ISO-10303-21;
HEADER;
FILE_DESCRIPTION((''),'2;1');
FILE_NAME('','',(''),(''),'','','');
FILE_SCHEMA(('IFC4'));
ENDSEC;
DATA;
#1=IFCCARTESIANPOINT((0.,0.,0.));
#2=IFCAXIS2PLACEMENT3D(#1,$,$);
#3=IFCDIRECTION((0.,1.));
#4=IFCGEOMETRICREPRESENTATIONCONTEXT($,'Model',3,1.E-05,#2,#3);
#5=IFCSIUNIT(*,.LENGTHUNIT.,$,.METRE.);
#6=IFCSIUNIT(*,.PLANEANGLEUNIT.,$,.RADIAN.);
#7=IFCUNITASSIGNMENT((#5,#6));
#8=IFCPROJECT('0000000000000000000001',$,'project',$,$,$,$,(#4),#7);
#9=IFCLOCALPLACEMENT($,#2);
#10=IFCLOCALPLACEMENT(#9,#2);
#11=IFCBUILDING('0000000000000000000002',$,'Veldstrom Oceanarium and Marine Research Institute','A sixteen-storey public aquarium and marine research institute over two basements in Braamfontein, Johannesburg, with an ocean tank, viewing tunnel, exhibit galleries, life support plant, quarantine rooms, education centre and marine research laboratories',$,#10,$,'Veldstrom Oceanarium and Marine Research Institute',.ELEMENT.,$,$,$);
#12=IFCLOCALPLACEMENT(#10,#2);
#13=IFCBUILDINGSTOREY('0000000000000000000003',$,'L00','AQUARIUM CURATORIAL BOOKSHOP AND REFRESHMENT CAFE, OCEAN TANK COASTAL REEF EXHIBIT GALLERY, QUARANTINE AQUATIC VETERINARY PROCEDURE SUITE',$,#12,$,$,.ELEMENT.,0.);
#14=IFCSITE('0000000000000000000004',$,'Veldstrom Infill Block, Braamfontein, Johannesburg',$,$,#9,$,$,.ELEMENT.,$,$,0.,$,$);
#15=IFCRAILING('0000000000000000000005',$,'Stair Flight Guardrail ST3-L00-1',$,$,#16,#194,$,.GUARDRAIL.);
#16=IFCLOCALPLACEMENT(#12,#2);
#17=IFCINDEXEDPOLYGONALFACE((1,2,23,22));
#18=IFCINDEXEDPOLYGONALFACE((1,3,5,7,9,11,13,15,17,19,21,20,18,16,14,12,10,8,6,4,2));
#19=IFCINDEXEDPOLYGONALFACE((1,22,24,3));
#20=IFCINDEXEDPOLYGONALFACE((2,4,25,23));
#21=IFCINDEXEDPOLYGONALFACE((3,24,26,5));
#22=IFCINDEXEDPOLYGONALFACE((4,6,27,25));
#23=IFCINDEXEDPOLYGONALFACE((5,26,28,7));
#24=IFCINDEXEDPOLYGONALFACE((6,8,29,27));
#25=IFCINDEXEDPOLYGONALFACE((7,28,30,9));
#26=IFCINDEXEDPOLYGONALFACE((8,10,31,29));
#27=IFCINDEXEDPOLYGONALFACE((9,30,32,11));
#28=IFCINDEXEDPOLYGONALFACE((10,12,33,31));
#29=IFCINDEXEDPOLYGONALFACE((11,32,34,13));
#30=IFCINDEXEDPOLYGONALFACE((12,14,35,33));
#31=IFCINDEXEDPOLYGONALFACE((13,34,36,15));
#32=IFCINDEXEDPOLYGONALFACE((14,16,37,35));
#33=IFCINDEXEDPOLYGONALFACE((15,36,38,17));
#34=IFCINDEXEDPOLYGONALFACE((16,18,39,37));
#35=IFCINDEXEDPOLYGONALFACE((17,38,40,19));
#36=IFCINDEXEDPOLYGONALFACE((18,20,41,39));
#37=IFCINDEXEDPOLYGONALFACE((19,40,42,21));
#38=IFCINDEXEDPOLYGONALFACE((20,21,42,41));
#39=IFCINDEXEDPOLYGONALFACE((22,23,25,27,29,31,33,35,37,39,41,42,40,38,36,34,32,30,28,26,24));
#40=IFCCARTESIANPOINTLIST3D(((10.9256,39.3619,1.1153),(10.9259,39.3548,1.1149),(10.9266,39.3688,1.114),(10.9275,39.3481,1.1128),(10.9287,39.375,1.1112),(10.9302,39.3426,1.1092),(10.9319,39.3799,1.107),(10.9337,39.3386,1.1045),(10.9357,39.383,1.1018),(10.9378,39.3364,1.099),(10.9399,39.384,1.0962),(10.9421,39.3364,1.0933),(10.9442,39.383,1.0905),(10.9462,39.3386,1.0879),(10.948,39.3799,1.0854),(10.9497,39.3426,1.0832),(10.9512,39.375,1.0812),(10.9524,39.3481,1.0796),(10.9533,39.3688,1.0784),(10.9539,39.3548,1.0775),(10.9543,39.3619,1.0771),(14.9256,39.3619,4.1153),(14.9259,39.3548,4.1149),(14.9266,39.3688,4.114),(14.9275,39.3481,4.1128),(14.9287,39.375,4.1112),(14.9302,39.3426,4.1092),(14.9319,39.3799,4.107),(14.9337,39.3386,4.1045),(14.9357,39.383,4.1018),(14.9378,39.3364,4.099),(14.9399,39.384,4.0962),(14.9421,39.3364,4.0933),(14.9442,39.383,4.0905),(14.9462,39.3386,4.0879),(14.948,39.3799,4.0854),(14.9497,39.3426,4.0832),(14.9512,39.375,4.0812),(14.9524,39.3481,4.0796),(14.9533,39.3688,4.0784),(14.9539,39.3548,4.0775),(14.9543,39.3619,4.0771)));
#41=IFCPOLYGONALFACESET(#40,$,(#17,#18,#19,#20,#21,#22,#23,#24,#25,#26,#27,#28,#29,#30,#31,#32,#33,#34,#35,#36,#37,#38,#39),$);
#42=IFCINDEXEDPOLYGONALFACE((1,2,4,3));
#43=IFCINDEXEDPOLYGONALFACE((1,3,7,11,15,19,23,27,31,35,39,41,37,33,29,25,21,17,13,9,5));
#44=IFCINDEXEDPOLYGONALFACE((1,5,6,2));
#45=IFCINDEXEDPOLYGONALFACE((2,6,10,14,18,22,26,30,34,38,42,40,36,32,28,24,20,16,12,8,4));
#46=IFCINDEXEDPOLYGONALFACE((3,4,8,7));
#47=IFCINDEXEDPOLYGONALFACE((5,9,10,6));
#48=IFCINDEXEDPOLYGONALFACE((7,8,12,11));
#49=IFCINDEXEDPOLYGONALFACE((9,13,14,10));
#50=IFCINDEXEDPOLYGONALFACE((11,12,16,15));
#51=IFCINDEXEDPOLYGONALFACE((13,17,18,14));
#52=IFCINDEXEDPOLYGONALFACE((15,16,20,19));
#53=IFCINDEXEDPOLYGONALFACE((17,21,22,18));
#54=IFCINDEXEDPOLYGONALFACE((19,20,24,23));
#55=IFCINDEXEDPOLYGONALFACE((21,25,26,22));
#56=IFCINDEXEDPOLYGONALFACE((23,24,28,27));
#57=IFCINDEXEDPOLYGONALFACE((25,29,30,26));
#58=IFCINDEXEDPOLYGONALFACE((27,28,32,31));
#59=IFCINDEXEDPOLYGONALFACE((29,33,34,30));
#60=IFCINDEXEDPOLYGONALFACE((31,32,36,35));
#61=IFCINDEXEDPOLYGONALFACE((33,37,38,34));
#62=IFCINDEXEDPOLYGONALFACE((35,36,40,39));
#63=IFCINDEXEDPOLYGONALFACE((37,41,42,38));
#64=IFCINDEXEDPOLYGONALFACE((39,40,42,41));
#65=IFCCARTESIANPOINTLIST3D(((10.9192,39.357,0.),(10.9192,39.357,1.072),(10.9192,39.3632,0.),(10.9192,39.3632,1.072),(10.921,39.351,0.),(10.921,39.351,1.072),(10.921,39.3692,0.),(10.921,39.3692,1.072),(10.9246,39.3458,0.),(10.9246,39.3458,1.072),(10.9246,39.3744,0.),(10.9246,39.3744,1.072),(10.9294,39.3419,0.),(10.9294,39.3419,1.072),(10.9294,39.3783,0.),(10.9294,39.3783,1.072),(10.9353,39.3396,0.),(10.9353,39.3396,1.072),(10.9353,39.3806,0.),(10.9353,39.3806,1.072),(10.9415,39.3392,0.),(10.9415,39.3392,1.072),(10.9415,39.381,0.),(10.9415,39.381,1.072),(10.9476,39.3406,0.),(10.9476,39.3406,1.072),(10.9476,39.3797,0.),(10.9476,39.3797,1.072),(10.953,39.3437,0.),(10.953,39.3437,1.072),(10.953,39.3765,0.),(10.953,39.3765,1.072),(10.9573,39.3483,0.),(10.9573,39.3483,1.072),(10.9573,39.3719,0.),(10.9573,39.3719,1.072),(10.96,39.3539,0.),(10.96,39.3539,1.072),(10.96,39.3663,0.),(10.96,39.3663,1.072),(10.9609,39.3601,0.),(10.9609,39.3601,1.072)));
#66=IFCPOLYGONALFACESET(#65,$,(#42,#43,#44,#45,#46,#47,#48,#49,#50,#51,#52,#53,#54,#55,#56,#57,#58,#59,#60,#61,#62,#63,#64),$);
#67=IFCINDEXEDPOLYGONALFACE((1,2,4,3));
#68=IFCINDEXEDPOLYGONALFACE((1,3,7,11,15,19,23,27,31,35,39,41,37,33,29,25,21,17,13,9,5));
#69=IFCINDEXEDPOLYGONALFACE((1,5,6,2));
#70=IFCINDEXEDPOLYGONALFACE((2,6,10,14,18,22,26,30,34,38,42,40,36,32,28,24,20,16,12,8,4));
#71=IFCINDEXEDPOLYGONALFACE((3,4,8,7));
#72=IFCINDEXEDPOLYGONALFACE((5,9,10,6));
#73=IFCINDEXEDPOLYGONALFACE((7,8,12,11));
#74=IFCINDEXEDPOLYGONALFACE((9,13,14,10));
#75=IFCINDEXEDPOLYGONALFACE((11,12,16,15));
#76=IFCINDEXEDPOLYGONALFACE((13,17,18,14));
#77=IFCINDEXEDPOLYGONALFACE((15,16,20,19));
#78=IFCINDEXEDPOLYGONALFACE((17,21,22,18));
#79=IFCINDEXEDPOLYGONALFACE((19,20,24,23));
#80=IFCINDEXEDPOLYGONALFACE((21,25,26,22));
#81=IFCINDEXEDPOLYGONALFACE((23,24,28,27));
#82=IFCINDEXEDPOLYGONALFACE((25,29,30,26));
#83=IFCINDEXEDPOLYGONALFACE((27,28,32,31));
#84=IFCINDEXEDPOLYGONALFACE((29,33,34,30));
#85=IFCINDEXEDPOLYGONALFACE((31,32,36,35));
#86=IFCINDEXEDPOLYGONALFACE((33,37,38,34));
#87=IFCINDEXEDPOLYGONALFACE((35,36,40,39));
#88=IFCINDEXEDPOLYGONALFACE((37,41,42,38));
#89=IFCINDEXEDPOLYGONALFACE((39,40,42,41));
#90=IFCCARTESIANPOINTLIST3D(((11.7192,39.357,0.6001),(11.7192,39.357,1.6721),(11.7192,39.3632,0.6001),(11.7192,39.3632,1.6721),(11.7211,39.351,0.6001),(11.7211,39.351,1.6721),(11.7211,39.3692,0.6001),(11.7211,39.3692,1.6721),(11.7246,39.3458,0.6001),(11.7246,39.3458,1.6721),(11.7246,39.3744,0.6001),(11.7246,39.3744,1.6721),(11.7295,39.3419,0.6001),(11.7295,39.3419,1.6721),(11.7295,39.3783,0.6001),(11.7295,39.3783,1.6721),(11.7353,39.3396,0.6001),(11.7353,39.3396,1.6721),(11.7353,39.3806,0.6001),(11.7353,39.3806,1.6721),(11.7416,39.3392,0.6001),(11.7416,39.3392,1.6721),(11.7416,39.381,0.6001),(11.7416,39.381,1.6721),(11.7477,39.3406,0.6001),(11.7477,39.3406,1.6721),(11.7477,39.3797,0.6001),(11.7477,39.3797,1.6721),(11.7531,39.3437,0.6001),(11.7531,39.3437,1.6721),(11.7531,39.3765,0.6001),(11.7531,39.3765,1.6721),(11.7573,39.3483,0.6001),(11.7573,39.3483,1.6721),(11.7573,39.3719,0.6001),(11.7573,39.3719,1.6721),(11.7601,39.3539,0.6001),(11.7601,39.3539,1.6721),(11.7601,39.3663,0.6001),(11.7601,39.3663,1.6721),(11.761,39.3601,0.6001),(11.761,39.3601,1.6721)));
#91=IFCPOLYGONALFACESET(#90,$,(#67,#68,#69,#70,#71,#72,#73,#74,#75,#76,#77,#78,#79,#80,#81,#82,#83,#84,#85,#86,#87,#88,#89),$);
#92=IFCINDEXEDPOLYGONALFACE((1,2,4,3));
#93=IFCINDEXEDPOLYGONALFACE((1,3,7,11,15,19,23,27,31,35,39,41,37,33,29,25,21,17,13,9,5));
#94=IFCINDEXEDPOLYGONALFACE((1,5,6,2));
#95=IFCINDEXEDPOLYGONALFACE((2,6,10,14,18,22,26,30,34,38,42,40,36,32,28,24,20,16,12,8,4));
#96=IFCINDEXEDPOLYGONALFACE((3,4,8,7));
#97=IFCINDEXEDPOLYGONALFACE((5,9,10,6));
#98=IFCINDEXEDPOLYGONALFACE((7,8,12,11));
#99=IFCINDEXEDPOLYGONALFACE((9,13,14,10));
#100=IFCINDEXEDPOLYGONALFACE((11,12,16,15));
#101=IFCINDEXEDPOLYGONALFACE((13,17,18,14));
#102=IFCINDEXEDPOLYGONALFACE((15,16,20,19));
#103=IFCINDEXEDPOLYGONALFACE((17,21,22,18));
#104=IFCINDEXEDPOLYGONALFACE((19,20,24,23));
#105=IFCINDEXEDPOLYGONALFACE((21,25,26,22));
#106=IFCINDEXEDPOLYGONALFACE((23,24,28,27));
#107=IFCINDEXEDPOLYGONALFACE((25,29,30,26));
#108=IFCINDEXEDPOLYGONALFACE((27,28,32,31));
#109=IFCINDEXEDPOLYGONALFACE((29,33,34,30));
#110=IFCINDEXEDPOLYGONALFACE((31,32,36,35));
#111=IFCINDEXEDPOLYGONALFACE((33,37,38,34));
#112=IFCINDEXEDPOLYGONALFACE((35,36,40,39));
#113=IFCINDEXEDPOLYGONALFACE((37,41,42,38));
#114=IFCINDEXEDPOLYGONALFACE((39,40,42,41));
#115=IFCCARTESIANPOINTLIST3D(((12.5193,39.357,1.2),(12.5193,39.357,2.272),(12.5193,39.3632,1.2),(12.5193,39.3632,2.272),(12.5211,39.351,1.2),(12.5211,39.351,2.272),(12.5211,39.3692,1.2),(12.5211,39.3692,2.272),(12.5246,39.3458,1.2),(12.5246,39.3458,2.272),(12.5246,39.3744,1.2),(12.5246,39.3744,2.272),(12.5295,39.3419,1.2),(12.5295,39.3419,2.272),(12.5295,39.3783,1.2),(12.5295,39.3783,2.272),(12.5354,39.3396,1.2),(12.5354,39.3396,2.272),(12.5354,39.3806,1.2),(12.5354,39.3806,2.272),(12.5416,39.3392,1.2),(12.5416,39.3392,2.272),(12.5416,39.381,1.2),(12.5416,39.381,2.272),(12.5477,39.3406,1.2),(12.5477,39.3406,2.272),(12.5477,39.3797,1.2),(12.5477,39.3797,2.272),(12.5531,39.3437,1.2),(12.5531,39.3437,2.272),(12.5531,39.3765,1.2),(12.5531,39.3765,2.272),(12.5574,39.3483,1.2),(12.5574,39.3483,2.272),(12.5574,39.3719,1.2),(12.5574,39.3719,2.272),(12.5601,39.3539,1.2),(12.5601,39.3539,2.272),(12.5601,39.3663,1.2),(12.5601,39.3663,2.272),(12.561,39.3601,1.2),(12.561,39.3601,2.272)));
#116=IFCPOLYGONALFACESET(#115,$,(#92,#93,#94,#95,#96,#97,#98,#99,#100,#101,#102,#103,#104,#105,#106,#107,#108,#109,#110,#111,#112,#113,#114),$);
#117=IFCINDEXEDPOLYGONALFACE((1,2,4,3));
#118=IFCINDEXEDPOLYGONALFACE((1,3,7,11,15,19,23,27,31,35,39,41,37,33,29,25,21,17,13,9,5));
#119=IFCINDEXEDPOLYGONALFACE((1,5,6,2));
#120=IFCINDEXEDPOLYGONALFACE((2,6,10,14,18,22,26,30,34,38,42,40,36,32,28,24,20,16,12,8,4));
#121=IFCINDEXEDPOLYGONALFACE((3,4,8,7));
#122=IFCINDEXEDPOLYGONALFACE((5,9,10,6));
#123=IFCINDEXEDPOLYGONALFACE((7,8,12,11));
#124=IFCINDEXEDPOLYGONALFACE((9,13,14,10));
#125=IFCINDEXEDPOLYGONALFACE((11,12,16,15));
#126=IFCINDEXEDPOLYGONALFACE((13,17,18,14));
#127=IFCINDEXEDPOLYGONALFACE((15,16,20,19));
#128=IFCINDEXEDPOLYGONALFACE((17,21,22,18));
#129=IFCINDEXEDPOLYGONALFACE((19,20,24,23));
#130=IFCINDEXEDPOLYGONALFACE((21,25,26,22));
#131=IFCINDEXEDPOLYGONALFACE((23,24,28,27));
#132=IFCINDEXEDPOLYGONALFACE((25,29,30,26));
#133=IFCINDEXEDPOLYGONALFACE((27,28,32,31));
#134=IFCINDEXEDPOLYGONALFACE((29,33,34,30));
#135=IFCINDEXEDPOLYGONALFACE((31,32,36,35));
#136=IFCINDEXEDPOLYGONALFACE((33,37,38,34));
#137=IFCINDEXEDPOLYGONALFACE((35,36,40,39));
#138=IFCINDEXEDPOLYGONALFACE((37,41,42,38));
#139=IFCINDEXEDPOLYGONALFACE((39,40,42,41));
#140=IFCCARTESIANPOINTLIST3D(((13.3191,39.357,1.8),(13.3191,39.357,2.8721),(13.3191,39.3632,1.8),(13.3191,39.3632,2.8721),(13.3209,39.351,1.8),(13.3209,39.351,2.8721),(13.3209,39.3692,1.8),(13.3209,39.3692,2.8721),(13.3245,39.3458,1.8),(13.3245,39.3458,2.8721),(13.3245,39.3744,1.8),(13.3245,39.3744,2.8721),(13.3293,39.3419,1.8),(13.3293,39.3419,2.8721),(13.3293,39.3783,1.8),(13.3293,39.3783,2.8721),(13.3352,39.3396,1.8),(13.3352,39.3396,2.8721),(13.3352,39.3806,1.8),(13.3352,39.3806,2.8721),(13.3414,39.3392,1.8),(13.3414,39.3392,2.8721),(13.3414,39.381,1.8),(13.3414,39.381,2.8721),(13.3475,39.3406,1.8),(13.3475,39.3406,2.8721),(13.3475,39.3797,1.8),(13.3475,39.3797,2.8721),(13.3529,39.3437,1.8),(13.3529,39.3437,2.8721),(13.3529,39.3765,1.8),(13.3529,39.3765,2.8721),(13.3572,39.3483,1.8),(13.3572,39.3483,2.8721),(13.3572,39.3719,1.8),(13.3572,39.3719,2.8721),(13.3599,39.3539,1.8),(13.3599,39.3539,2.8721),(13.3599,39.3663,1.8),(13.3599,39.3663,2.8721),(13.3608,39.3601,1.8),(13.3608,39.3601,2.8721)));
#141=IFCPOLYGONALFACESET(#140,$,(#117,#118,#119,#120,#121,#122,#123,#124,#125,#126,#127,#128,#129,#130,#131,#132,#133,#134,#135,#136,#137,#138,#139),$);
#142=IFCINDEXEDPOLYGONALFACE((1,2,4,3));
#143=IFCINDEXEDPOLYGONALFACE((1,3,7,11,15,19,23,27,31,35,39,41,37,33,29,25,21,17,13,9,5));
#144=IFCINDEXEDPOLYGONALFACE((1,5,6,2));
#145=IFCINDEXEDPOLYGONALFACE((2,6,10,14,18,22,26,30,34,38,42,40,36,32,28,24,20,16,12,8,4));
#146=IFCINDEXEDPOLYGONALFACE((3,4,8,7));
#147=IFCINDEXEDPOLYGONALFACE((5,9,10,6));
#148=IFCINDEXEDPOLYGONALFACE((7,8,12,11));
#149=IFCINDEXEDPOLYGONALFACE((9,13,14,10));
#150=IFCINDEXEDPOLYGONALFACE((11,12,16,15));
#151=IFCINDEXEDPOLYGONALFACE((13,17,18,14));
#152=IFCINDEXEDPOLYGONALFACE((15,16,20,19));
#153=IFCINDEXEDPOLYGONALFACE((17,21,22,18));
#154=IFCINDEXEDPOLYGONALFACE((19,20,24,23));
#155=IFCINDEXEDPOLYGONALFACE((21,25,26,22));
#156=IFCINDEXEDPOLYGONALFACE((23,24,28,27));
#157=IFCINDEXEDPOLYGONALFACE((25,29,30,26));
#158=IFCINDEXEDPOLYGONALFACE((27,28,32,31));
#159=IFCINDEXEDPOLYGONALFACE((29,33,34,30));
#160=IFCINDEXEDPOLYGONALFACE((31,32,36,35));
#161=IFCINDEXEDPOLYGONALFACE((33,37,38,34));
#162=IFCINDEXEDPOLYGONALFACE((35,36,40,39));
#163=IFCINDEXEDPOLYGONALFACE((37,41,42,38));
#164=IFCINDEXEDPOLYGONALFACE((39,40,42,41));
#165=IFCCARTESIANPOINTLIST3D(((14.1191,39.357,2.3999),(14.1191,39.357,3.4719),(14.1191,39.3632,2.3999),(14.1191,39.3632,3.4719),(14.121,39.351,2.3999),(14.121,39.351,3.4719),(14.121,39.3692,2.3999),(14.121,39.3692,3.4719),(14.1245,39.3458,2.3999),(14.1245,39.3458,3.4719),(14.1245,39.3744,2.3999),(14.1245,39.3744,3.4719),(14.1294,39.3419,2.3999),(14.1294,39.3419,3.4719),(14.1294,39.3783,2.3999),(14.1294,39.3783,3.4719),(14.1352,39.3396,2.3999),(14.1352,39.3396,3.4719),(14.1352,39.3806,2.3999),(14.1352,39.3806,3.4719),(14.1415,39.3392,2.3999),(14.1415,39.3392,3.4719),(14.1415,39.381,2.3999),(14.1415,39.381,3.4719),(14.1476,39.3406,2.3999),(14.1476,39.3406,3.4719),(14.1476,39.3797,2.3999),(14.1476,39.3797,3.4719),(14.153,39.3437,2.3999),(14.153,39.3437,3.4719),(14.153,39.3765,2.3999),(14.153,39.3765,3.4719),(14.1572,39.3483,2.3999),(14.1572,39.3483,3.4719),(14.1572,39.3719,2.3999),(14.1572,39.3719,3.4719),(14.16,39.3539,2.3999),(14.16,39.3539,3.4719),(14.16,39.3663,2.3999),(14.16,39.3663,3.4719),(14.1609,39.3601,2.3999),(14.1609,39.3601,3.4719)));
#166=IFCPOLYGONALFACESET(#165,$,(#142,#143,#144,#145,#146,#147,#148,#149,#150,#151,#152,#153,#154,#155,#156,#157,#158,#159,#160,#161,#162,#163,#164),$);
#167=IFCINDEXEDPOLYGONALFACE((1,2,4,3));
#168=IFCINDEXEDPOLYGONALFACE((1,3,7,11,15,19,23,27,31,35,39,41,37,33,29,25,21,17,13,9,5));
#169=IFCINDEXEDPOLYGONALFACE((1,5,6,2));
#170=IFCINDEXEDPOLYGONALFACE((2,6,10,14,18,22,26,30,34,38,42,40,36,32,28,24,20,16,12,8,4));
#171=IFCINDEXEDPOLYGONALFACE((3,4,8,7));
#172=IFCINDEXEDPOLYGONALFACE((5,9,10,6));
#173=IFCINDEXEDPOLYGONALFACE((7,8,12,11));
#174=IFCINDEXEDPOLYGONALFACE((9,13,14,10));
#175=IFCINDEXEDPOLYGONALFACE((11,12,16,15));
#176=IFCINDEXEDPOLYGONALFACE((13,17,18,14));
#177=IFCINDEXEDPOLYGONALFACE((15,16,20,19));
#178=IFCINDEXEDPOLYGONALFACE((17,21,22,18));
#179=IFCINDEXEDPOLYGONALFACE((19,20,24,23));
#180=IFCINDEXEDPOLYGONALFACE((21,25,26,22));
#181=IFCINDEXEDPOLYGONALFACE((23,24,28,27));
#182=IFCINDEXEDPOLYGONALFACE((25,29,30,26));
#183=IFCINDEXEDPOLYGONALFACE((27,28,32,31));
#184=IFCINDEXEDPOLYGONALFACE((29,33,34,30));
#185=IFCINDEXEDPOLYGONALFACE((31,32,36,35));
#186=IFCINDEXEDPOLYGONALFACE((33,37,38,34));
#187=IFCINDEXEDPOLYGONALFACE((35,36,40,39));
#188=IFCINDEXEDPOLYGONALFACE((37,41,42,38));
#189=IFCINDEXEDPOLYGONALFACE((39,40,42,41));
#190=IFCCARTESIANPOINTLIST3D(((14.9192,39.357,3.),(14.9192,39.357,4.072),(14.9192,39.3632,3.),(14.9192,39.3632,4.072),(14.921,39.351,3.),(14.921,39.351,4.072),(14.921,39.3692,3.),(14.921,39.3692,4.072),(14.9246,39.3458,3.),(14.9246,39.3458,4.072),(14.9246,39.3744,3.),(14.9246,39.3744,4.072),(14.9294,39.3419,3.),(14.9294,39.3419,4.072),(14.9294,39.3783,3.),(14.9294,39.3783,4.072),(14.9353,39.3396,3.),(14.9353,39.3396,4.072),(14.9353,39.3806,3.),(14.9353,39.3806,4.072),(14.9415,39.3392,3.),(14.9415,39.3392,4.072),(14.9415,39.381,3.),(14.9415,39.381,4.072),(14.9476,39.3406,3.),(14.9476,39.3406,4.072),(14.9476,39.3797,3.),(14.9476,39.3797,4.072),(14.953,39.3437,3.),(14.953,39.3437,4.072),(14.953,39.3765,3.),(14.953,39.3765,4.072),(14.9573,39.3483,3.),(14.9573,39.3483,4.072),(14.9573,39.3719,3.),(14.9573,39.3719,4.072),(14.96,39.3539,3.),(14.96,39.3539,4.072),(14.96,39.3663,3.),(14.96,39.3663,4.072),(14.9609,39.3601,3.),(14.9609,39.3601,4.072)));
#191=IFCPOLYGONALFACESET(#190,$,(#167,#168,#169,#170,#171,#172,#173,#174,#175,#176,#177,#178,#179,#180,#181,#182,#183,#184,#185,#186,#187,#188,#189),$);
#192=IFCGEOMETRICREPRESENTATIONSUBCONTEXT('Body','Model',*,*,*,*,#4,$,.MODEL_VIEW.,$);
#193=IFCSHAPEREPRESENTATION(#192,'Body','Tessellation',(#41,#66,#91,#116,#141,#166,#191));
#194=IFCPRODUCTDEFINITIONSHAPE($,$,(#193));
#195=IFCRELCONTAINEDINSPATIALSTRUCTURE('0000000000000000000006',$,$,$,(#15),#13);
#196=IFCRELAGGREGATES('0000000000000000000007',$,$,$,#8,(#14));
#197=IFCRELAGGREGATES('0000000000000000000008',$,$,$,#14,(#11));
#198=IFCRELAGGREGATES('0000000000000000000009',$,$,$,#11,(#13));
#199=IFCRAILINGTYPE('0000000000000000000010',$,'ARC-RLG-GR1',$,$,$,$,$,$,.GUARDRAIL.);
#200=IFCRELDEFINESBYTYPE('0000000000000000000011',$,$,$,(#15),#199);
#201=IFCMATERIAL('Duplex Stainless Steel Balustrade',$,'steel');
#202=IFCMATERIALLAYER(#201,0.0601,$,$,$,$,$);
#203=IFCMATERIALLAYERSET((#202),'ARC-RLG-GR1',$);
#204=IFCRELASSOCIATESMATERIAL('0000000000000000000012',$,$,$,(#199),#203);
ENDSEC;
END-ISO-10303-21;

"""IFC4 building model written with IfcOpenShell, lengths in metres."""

from ifc_helpers import new_model, si_unit, direction, frame, origin, origin_2d, place, context, subcontext, project, spatial, circle, extrude, material, layer, layer_set, type_object, element, save


model = new_model("IFC4")

# Units and contexts
model_context = context("Model", 3, precision=1e-05, world=origin(), true_north=direction((0.0, 1.0)))
body_context = subcontext(model_context, "Body", "Model", "MODEL_VIEW")
ifc_project = project(units=[si_unit("LENGTHUNIT", "METRE"), si_unit("PLANEANGLEUNIT", "RADIAN")], contexts=[model_context])

# Site, building, storey
site_placement = place(None, origin())
site = spatial("IfcSite", under=ifc_project, at=site_placement, Name="Veldstrom Infill Block, Braamfontein, Johannesburg", CompositionType="ELEMENT", RefElevation=0.0)
building_placement = place(site_placement, origin())
building = spatial("IfcBuilding", under=site, at=building_placement, Name="Veldstrom Oceanarium and Marine Research Institute", Description="A sixteen-storey public aquarium and marine research institute over two basements in Braamfontein, Johannesburg, with an ocean tank, viewing tunnel, exhibit galleries, life support plant, quarantine rooms, education centre and marine research laboratories", LongName="Veldstrom Oceanarium and Marine Research Institute", CompositionType="ELEMENT")
storey_placement = place(building_placement, origin())
storey = spatial("IfcBuildingStorey", under=building, at=storey_placement, Name="L00", Description="AQUARIUM CURATORIAL BOOKSHOP AND REFRESHMENT CAFE, OCEAN TANK COASTAL REEF EXHIBIT GALLERY, QUARANTINE AQUATIC VETERINARY PROCEDURE SUITE", CompositionType="ELEMENT", Elevation=0.0)

# Railing
ifc_material_1 = material(Name="Duplex Stainless Steel Balustrade", Category="steel")
ifc_layer_1 = layer(ifc_material_1, 0.0601)
ifc_layer_set_1 = layer_set([ifc_layer_1], Name="ARC-RLG-GR1")
railing_type_1 = type_object("IfcRailingType", Name="ARC-RLG-GR1", PredefinedType="GUARDRAIL", material=ifc_layer_set_1)
railing_1_placement = place(storey_placement, frame((10.9399, 39.3601, 0.0)))
element("IfcRailing", 1, at=railing_1_placement, inside=storey, type_object=railing_type_1, Name="Stair Flight Guardrail ST3-L00-1", PredefinedType="GUARDRAIL", context=body_context, shape_type="SweptSolid", body=[
    extrude(circle(Radius=0.0239, at=origin_2d()), frame((0.0, 0.0, 1.0962), z_axis=(0.8, 0.0, 0.6), x_axis=(0.0, 1.0, 0.0)), (0.0, 0.0, 1.0), 5.0),
    extrude(circle(Radius=0.021, at=origin_2d()), origin(), (0.0, 0.0, 1.0), 1.072),
    extrude(circle(Radius=0.021, at=origin_2d()), frame((0.8, 0.0, 0.6001)), (0.0, 0.0, 1.0), 1.072),
    extrude(circle(Radius=0.021, at=origin_2d()), frame((1.6001, 0.0, 1.2)), (0.0, 0.0, 1.0), 1.072),
    extrude(circle(Radius=0.021, at=origin_2d()), frame((2.3999, 0.0, 1.8)), (0.0, 0.0, 1.0), 1.072),
    extrude(circle(Radius=0.021, at=origin_2d()), frame((3.2, 0.0, 2.3999)), (0.0, 0.0, 1.0), 1.072),
    extrude(circle(Radius=0.021, at=origin_2d()), frame((4.0, 0.0, 3.0)), (0.0, 0.0, 1.0), 1.072),
])

save(model, "model.ifc")
